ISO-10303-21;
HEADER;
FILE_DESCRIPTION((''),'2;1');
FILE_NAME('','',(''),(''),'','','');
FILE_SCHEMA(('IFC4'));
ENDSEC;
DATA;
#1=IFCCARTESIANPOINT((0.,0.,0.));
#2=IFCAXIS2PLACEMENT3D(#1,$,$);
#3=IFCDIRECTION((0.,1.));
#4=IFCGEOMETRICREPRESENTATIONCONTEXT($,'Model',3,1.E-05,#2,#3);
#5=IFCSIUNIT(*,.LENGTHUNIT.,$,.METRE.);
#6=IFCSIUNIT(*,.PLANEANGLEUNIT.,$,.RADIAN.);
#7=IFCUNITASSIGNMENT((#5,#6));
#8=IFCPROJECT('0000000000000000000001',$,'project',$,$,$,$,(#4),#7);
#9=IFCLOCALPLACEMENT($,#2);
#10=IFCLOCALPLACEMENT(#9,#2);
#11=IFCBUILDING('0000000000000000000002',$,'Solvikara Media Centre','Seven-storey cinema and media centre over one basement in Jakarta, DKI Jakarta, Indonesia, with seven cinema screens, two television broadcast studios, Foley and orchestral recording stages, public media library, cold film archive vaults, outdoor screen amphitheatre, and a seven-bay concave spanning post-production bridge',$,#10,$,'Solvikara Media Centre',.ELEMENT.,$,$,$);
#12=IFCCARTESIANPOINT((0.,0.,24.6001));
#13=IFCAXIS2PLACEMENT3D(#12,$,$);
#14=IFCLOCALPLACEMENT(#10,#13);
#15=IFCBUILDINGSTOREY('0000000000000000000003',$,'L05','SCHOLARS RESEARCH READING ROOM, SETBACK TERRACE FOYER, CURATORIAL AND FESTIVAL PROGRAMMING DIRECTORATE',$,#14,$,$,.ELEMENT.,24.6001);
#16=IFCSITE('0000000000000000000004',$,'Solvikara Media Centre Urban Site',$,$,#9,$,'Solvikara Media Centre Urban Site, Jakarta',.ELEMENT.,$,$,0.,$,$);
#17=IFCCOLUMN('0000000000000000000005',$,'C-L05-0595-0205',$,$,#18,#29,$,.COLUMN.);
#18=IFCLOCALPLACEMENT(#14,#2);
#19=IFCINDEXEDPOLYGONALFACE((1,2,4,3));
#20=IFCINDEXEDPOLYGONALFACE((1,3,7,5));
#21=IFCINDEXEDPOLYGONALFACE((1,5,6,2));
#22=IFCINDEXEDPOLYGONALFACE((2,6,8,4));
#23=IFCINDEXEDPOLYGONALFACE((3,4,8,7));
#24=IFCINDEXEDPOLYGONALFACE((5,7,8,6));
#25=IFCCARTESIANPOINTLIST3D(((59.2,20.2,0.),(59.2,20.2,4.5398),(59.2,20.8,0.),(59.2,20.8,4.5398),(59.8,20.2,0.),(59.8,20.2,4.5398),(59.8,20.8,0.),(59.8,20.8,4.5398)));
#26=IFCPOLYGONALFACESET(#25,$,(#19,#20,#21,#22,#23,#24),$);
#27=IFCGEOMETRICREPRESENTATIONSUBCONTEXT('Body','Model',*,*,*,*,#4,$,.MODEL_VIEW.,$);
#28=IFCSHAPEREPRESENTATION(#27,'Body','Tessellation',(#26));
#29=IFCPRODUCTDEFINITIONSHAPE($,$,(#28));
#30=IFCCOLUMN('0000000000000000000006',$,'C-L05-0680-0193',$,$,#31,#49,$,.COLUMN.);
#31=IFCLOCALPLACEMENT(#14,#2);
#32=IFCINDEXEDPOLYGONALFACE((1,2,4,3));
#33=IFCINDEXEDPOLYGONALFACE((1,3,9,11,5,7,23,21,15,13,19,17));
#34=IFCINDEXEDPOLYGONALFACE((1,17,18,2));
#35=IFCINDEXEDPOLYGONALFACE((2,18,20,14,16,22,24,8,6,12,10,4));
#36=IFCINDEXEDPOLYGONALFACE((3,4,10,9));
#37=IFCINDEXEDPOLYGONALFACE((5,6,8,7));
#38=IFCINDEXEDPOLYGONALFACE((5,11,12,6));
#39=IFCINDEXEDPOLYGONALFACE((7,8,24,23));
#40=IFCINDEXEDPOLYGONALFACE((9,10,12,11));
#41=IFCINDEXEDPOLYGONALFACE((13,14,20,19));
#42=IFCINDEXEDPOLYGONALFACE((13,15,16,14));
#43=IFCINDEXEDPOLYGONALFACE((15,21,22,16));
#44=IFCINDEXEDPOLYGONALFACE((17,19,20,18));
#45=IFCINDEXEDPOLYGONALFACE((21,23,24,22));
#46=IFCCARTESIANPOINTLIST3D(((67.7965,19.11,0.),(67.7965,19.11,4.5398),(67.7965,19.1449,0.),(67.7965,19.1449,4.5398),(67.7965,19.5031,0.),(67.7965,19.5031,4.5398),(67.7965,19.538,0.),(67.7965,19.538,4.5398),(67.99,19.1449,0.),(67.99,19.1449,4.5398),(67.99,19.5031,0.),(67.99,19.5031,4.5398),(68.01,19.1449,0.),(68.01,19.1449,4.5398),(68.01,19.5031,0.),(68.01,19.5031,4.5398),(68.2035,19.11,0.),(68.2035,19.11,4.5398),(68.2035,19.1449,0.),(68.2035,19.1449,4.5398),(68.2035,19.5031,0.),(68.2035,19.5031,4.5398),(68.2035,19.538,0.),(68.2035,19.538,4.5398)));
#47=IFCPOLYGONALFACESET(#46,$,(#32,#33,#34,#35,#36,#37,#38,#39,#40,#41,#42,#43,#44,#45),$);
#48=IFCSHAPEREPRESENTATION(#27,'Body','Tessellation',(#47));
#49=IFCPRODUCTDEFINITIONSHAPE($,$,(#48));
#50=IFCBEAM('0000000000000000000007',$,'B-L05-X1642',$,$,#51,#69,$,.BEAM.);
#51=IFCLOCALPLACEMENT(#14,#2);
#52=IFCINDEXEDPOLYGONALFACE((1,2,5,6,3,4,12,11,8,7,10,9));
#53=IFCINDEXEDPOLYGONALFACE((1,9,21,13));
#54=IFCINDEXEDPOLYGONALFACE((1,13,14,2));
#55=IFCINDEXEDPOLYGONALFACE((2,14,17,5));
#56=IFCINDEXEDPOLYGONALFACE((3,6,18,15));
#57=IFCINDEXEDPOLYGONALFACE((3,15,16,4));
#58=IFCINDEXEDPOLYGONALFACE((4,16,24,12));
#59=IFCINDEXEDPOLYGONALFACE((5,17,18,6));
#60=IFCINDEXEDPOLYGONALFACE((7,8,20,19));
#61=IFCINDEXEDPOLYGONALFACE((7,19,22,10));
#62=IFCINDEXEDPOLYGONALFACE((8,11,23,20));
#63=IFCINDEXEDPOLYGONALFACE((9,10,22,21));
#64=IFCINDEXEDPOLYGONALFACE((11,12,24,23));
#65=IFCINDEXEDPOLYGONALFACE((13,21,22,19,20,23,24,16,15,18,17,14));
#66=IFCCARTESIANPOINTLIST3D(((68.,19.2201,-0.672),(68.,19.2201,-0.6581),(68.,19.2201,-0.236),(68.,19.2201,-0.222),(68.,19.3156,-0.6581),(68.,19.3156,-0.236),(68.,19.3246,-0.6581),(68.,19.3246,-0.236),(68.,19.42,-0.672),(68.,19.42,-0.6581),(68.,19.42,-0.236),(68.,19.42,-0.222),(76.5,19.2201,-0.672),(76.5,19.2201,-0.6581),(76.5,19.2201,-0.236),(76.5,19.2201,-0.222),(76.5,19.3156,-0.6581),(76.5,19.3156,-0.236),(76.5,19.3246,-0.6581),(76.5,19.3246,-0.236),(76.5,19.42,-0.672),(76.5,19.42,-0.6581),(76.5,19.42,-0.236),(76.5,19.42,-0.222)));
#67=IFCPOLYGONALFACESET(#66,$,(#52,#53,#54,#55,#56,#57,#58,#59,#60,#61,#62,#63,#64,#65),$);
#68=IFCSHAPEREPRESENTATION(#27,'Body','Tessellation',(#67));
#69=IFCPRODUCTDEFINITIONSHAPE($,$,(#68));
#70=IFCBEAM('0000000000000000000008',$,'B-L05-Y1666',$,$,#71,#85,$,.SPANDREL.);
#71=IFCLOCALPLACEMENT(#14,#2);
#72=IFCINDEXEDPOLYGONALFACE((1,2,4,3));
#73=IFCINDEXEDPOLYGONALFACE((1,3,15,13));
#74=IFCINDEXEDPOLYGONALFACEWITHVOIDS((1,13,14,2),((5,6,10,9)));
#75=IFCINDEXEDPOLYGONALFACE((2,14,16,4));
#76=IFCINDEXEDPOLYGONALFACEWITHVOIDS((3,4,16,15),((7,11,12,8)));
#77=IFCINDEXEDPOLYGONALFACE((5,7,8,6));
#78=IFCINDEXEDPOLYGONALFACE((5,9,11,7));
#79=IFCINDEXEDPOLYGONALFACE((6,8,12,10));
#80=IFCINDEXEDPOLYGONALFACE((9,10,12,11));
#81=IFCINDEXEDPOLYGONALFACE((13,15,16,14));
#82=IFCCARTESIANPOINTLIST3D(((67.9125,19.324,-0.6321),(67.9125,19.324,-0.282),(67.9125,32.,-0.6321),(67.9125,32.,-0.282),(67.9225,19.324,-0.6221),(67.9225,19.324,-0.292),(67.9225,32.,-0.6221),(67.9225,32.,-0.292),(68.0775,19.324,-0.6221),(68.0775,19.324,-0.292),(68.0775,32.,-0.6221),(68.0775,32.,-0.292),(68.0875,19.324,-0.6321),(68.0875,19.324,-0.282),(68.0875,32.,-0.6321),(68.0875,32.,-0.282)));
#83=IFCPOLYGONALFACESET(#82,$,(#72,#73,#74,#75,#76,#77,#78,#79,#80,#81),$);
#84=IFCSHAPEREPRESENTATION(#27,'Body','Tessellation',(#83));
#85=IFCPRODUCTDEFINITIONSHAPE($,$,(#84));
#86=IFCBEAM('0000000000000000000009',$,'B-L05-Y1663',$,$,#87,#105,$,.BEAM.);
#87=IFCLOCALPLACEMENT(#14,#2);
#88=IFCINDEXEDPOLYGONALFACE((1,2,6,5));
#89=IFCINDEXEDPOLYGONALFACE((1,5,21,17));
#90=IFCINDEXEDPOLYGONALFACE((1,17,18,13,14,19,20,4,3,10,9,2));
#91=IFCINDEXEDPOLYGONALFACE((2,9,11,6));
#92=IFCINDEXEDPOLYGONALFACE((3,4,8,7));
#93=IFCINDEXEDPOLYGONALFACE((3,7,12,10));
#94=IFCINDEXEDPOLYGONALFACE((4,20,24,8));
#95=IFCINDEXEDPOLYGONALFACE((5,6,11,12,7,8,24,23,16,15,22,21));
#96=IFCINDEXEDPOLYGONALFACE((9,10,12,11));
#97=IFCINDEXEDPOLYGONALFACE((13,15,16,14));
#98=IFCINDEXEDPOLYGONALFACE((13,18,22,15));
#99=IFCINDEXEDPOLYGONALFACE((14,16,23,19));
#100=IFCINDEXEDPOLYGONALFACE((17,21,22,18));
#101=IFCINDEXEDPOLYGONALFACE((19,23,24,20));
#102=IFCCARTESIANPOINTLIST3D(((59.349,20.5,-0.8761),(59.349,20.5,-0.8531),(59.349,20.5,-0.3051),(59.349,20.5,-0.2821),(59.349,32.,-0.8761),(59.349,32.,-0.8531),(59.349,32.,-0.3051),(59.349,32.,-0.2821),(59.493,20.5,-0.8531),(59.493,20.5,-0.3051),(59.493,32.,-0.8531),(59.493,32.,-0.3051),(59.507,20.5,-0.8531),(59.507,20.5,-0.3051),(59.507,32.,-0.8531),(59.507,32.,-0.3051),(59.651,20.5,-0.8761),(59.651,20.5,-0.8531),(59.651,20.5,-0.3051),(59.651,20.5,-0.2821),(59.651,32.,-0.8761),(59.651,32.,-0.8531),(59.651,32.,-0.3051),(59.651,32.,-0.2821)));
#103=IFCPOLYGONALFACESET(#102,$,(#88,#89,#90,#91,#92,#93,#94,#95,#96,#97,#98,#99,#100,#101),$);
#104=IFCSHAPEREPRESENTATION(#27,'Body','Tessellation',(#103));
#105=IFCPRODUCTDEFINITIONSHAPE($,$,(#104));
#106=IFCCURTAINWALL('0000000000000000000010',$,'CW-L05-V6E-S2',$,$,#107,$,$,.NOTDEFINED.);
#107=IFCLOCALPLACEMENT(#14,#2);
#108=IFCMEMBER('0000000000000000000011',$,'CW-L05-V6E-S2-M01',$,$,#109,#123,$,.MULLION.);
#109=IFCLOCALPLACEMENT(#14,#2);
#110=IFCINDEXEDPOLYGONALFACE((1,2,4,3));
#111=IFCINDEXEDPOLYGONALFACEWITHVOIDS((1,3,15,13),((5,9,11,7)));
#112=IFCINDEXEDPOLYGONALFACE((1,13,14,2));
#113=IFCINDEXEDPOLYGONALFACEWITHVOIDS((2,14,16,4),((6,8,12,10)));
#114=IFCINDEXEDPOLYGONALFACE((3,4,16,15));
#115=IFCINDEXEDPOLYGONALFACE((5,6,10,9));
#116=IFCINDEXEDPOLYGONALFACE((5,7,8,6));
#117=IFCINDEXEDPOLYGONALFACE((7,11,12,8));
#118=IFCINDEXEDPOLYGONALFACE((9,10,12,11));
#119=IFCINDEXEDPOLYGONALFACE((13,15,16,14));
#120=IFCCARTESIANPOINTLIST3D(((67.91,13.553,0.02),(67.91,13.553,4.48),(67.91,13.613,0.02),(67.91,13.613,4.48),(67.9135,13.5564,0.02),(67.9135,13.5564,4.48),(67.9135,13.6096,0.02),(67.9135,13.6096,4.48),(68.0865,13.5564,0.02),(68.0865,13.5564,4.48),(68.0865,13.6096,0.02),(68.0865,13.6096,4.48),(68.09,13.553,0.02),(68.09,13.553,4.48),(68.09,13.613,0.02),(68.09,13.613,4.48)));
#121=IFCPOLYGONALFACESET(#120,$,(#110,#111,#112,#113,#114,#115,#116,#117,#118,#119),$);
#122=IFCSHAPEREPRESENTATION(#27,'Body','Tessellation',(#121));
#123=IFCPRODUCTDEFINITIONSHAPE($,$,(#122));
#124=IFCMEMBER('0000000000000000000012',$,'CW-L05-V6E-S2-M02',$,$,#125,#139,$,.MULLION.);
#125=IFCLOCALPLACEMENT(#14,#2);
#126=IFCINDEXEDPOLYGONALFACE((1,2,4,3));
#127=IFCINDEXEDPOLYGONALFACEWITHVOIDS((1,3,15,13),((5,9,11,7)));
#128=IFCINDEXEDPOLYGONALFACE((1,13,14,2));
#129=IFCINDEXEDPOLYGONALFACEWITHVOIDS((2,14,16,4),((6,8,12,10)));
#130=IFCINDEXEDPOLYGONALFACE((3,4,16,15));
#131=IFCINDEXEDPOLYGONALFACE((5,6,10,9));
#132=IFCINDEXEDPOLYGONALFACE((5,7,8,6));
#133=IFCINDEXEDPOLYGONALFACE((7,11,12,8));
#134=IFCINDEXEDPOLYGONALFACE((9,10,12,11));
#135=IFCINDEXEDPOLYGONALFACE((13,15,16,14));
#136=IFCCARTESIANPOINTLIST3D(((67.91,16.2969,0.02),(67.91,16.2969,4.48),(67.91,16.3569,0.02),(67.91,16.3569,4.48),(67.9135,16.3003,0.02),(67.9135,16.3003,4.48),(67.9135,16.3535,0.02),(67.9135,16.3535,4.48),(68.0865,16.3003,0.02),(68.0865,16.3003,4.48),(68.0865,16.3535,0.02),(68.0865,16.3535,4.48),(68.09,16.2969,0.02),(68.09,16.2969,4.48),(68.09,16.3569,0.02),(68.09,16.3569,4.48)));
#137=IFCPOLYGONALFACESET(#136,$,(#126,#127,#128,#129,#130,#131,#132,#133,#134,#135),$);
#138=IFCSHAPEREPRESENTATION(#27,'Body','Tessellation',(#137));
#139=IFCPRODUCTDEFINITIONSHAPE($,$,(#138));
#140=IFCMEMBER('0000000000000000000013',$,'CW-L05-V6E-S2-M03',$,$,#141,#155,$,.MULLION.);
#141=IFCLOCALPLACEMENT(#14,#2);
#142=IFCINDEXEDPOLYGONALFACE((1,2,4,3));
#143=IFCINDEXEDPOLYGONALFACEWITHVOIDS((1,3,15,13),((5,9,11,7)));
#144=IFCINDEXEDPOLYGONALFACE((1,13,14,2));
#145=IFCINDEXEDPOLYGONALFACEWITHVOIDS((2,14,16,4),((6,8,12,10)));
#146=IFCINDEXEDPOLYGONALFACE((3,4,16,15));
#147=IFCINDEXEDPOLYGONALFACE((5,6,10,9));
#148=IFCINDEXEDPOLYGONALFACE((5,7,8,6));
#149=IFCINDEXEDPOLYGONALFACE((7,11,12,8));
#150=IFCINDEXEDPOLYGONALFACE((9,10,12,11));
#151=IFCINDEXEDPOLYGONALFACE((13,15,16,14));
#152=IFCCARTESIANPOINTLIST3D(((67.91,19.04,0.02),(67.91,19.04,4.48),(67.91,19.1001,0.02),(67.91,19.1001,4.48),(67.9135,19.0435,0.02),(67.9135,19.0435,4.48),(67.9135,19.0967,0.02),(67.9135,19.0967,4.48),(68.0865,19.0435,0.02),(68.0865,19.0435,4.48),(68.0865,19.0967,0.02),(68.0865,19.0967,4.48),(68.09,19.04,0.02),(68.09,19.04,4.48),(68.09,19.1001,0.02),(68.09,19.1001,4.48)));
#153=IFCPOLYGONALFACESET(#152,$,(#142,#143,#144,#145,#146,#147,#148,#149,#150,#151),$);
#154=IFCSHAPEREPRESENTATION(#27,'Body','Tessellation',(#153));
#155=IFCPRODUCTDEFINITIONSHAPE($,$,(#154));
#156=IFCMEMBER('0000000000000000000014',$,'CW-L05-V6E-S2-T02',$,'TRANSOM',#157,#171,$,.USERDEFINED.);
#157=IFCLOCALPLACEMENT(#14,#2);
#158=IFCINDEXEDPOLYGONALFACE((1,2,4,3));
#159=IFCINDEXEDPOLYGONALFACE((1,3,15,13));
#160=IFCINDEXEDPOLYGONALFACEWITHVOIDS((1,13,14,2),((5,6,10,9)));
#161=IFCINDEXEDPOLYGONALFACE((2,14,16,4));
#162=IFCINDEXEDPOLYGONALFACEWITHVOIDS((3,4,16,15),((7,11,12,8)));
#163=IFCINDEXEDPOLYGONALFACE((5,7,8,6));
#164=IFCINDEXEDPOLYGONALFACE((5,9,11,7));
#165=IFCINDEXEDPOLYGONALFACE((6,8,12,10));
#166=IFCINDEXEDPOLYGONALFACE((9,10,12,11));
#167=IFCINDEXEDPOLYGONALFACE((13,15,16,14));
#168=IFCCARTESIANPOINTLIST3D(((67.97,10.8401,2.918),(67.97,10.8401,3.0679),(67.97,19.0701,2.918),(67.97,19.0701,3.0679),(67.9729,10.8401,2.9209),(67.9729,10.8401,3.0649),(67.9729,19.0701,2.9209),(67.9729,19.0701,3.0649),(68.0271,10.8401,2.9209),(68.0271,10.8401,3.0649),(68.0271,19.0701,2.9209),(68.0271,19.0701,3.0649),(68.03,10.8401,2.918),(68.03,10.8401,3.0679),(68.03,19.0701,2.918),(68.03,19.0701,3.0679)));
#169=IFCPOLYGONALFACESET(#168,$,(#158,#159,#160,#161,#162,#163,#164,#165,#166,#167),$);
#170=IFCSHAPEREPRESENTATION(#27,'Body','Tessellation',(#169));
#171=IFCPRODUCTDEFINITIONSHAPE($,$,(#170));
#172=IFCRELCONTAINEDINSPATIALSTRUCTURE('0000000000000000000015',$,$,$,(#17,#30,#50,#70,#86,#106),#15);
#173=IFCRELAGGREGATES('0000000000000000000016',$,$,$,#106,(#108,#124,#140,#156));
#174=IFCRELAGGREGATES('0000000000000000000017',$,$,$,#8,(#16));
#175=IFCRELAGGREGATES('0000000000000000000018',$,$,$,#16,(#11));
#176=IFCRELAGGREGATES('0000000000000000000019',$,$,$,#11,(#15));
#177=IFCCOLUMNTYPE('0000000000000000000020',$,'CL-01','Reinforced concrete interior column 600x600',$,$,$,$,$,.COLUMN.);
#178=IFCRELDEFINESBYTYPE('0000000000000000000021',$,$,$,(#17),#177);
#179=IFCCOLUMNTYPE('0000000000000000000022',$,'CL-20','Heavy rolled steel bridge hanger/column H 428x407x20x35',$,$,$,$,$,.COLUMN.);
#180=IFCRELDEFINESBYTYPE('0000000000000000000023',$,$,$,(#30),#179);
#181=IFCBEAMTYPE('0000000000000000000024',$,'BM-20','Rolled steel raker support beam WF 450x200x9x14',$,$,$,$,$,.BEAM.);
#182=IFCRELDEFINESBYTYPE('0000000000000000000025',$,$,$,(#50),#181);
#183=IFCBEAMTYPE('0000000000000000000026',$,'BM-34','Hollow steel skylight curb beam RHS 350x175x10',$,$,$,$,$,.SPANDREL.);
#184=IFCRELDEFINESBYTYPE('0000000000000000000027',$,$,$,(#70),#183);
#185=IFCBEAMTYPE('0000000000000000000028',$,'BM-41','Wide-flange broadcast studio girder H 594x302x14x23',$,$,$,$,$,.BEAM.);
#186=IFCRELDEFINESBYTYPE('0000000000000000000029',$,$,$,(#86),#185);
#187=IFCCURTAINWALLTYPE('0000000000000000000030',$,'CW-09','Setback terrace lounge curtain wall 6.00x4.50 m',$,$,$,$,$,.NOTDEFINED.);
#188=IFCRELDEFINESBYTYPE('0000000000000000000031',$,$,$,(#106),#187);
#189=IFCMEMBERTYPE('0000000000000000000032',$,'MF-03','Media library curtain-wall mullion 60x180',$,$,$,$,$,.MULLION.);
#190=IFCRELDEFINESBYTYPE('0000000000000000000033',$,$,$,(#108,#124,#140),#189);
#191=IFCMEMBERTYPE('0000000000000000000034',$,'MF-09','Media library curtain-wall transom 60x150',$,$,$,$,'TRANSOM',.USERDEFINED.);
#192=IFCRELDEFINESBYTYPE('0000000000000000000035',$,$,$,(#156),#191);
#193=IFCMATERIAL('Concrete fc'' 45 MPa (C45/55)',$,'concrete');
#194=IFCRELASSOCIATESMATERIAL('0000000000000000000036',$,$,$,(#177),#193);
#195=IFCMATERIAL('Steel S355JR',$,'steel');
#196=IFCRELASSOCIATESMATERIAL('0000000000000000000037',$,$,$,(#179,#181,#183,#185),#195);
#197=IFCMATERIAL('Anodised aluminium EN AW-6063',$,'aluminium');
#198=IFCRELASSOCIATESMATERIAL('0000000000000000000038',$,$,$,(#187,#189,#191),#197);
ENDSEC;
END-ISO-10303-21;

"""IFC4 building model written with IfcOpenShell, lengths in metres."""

from ifc_helpers import new_model, si_unit, direction, frame, origin, origin_2d, place, context, subcontext, project, spatial, rectangle, hollow_rectangle, i_section, extrude, material, material_profile, profile_set, type_object, element, aggregate, save


model = new_model("IFC4")

# Units and contexts
model_context = context("Model", 3, precision=1e-05, world=origin(), true_north=direction((0.0, 1.0)))
body_context = subcontext(model_context, "Body", "Model", "MODEL_VIEW")
ifc_project = project(units=[si_unit("LENGTHUNIT", "METRE"), si_unit("PLANEANGLEUNIT", "RADIAN")], contexts=[model_context])

# Site, building, storey
site_placement = place(None, origin())
site = spatial("IfcSite", under=ifc_project, at=site_placement, Name="Solvikara Media Centre Urban Site", LongName="Solvikara Media Centre Urban Site, Jakarta", CompositionType="ELEMENT", RefElevation=0.0)
building_placement = place(site_placement, origin())
building = spatial("IfcBuilding", under=site, at=building_placement, Name="Solvikara Media Centre", Description="Seven-storey cinema and media centre over one basement in Jakarta, DKI Jakarta, Indonesia, with seven cinema screens, two television broadcast studios, Foley and orchestral recording stages, public media library, cold film archive vaults, outdoor screen amphitheatre, and a seven-bay concave spanning post-production bridge", LongName="Solvikara Media Centre", CompositionType="ELEMENT")
storey_placement = place(building_placement, frame((0.0, 0.0, 24.6001)))
storey = spatial("IfcBuildingStorey", under=building, at=storey_placement, Name="L05", Description="SCHOLARS RESEARCH READING ROOM, SETBACK TERRACE FOYER, CURATORIAL AND FESTIVAL PROGRAMMING DIRECTORATE", CompositionType="ELEMENT", Elevation=24.6001)

# Columns
ifc_material_1 = material(Name="Concrete fc' 45 MPa (C45/55)", Category="concrete")
ifc_material_profile_1 = material_profile(ifc_material_1, rectangle(XDim=0.6001, YDim=0.6001, at=origin_2d()), Name="RC 600x600")
ifc_profile_set_1 = profile_set([ifc_material_profile_1], Name="Concrete fc' 45 MPa (C45/55)")
column_type_1 = type_object("IfcColumnType", Name="CL-01", Description="Reinforced concrete interior column 600x600", PredefinedType="COLUMN", material=ifc_profile_set_1)
column_1_placement = place(storey_placement, frame((59.5, 20.5, 0.0), z_axis=(0.0, 0.0, 1.0), x_axis=(1.0, 0.0, 0.0)))
element("IfcColumn", 1, at=column_1_placement, inside=storey, type_object=column_type_1, Name="C-L05-0595-0205", PredefinedType="COLUMN", context=body_context, shape_type="SweptSolid", body=[
    extrude(rectangle(XDim=0.6001, YDim=0.6001, at=origin_2d()), origin(), (0.0, 0.0, 1.0), 4.5398),
])
ifc_material_2 = material(Name="Steel S355JR", Category="steel")
ifc_material_profile_2 = material_profile(ifc_material_2, i_section(OverallWidth=0.407, OverallDepth=0.428, WebThickness=0.02, FlangeThickness=0.0349, at=origin_2d()), Name="H 428x407x20x35")
ifc_profile_set_2 = profile_set([ifc_material_profile_2], Name="Steel S355JR")
column_type_2 = type_object("IfcColumnType", Name="CL-20", Description="Heavy rolled steel bridge hanger/column H 428x407x20x35", PredefinedType="COLUMN", material=ifc_profile_set_2)
column_2_placement = place(storey_placement, frame((68.0, 19.324, 0.0), z_axis=(0.0, 0.0, 1.0), x_axis=(1.0, 0.0, 0.0)))
element("IfcColumn", 2, at=column_2_placement, inside=storey, type_object=column_type_2, Name="C-L05-0680-0193", PredefinedType="COLUMN", context=body_context, shape_type="SweptSolid", body=[
    extrude(i_section(OverallWidth=0.407, OverallDepth=0.428, WebThickness=0.02, FlangeThickness=0.0349, at=origin_2d()), origin(), (0.0, 0.0, 1.0), 4.5398),
])

# Beams
ifc_material_profile_3 = material_profile(ifc_material_2, i_section(OverallWidth=0.2, OverallDepth=0.45, WebThickness=0.009, FlangeThickness=0.0139, at=origin_2d()), Name="WF 450x200x9x14")
ifc_profile_set_3 = profile_set([ifc_material_profile_3], Name="Steel S355JR")
beam_type_1 = type_object("IfcBeamType", Name="BM-20", Description="Rolled steel raker support beam WF 450x200x9x14", PredefinedType="BEAM", material=ifc_profile_set_3)
beam_1_placement = place(storey_placement, frame((68.0, 19.3201, -0.447), z_axis=(1.0, 0.0, 0.0), x_axis=(0.0, 1.0, 0.0)))
element("IfcBeam", 3, at=beam_1_placement, inside=storey, type_object=beam_type_1, Name="B-L05-X1642", PredefinedType="BEAM", context=body_context, shape_type="SweptSolid", body=[
    extrude(i_section(OverallWidth=0.2, OverallDepth=0.45, WebThickness=0.009, FlangeThickness=0.0139, at=origin_2d()), origin(), (0.0, 0.0, 1.0), 8.5),
])
ifc_material_profile_4 = material_profile(ifc_material_2, hollow_rectangle(XDim=0.175, YDim=0.3501, WallThickness=0.01, at=origin_2d()), Name="RHS 350x175x10")
ifc_profile_set_4 = profile_set([ifc_material_profile_4], Name="Steel S355JR")
beam_type_2 = type_object("IfcBeamType", Name="BM-34", Description="Hollow steel skylight curb beam RHS 350x175x10", PredefinedType="SPANDREL", material=ifc_profile_set_4)
beam_2_placement = place(storey_placement, frame((68.0, 19.324, -0.457), z_axis=(0.0, 1.0, 0.0), x_axis=(-1.0, 0.0, 0.0)))
element("IfcBeam", 4, at=beam_2_placement, inside=storey, type_object=beam_type_2, Name="B-L05-Y1666", PredefinedType="SPANDREL", context=body_context, shape_type="SweptSolid", body=[
    extrude(hollow_rectangle(XDim=0.175, YDim=0.3501, WallThickness=0.01, at=origin_2d()), origin(), (0.0, 0.0, 1.0), 12.676),
])
ifc_material_profile_5 = material_profile(ifc_material_2, i_section(OverallWidth=0.302, OverallDepth=0.594, WebThickness=0.0139, FlangeThickness=0.0229, at=origin_2d()), Name="H 594x302x14x23")
ifc_profile_set_5 = profile_set([ifc_material_profile_5], Name="Steel S355JR")
beam_type_3 = type_object("IfcBeamType", Name="BM-41", Description="Wide-flange broadcast studio girder H 594x302x14x23", PredefinedType="BEAM", material=ifc_profile_set_5)
beam_3_placement = place(storey_placement, frame((59.5, 20.5, -0.5791), z_axis=(0.0, 1.0, 0.0), x_axis=(-1.0, 0.0, 0.0)))
element("IfcBeam", 5, at=beam_3_placement, inside=storey, type_object=beam_type_3, Name="B-L05-Y1663", PredefinedType="BEAM", context=body_context, shape_type="SweptSolid", body=[
    extrude(i_section(OverallWidth=0.302, OverallDepth=0.594, WebThickness=0.0139, FlangeThickness=0.0229, at=origin_2d()), origin(), (0.0, 0.0, 1.0), 11.5),
])

# Curtain wall, members
ifc_material_3 = material(Name="Anodised aluminium EN AW-6063", Category="aluminium")
curtain_wall_type = type_object("IfcCurtainWallType", Name="CW-09", Description="Setback terrace lounge curtain wall 6.00x4.50 m", PredefinedType="NOTDEFINED", material=ifc_material_3)
curtain_wall_placement = place(storey_placement, origin())
curtain_wall = element("IfcCurtainWall", 6, at=curtain_wall_placement, inside=storey, type_object=curtain_wall_type, Name="CW-L05-V6E-S2", PredefinedType="NOTDEFINED")
ifc_material_profile_6 = material_profile(ifc_material_3, hollow_rectangle(XDim=0.0601, YDim=0.1799, WallThickness=0.0034, at=origin_2d()), Name="ALU-M 60x180x3.5")
ifc_profile_set_6 = profile_set([ifc_material_profile_6], Name="Anodised aluminium EN AW-6063")
member_type_1 = type_object("IfcMemberType", Name="MF-03", Description="Media library curtain-wall mullion 60x180", PredefinedType="MULLION", material=ifc_profile_set_6)
member_1_placement = place(storey_placement, frame((68.0, 13.583, 0.02), z_axis=(0.0, 0.0, 1.0), x_axis=(0.0, 1.0, 0.0)))
member_1 = element("IfcMember", 7, at=member_1_placement, type_object=member_type_1, Name="CW-L05-V6E-S2-M01", PredefinedType="MULLION", context=body_context, shape_type="SweptSolid", body=[
    extrude(hollow_rectangle(XDim=0.0601, YDim=0.1799, WallThickness=0.0034, at=origin_2d()), origin(), (0.0, 0.0, 1.0), 4.46),
])
member_2_placement = place(storey_placement, frame((68.0, 16.3269, 0.02), z_axis=(0.0, 0.0, 1.0), x_axis=(0.0, 1.0, 0.0)))
member_2 = element("IfcMember", 8, at=member_2_placement, type_object=member_type_1, Name="CW-L05-V6E-S2-M02", PredefinedType="MULLION", context=body_context, shape_type="SweptSolid", body=[
    extrude(hollow_rectangle(XDim=0.0601, YDim=0.1799, WallThickness=0.0034, at=origin_2d()), origin(), (0.0, 0.0, 1.0), 4.46),
])
member_3_placement = place(storey_placement, frame((68.0, 19.0701, 0.02), z_axis=(0.0, 0.0, 1.0), x_axis=(0.0, 1.0, 0.0)))
member_3 = element("IfcMember", 9, at=member_3_placement, type_object=member_type_1, Name="CW-L05-V6E-S2-M03", PredefinedType="MULLION", context=body_context, shape_type="SweptSolid", body=[
    extrude(hollow_rectangle(XDim=0.0601, YDim=0.1799, WallThickness=0.0034, at=origin_2d()), origin(), (0.0, 0.0, 1.0), 4.46),
])
ifc_material_profile_7 = material_profile(ifc_material_3, hollow_rectangle(XDim=0.0601, YDim=0.1499, WallThickness=0.0029, at=origin_2d()), Name="ALU-T 60x150x3")
ifc_profile_set_7 = profile_set([ifc_material_profile_7], Name="Anodised aluminium EN AW-6063")
member_type_2 = type_object("IfcMemberType", Name="MF-09", Description="Media library curtain-wall transom 60x150", ElementType="TRANSOM", PredefinedType="USERDEFINED", material=ifc_profile_set_7)
member_4_placement = place(storey_placement, frame((68.0, 10.8401, 2.9929), z_axis=(0.0, 1.0, 0.0), x_axis=(-1.0, 0.0, 0.0)))
member_4 = element("IfcMember", 10, at=member_4_placement, type_object=member_type_2, Name="CW-L05-V6E-S2-T02", ObjectType="TRANSOM", PredefinedType="USERDEFINED", context=body_context, shape_type="SweptSolid", body=[
    extrude(hollow_rectangle(XDim=0.0601, YDim=0.1499, WallThickness=0.0029, at=origin_2d()), origin(), (0.0, 0.0, 1.0), 8.23),
])
aggregate(curtain_wall, [member_1, member_2, member_3, member_4])

save(model, "model.ifc")
